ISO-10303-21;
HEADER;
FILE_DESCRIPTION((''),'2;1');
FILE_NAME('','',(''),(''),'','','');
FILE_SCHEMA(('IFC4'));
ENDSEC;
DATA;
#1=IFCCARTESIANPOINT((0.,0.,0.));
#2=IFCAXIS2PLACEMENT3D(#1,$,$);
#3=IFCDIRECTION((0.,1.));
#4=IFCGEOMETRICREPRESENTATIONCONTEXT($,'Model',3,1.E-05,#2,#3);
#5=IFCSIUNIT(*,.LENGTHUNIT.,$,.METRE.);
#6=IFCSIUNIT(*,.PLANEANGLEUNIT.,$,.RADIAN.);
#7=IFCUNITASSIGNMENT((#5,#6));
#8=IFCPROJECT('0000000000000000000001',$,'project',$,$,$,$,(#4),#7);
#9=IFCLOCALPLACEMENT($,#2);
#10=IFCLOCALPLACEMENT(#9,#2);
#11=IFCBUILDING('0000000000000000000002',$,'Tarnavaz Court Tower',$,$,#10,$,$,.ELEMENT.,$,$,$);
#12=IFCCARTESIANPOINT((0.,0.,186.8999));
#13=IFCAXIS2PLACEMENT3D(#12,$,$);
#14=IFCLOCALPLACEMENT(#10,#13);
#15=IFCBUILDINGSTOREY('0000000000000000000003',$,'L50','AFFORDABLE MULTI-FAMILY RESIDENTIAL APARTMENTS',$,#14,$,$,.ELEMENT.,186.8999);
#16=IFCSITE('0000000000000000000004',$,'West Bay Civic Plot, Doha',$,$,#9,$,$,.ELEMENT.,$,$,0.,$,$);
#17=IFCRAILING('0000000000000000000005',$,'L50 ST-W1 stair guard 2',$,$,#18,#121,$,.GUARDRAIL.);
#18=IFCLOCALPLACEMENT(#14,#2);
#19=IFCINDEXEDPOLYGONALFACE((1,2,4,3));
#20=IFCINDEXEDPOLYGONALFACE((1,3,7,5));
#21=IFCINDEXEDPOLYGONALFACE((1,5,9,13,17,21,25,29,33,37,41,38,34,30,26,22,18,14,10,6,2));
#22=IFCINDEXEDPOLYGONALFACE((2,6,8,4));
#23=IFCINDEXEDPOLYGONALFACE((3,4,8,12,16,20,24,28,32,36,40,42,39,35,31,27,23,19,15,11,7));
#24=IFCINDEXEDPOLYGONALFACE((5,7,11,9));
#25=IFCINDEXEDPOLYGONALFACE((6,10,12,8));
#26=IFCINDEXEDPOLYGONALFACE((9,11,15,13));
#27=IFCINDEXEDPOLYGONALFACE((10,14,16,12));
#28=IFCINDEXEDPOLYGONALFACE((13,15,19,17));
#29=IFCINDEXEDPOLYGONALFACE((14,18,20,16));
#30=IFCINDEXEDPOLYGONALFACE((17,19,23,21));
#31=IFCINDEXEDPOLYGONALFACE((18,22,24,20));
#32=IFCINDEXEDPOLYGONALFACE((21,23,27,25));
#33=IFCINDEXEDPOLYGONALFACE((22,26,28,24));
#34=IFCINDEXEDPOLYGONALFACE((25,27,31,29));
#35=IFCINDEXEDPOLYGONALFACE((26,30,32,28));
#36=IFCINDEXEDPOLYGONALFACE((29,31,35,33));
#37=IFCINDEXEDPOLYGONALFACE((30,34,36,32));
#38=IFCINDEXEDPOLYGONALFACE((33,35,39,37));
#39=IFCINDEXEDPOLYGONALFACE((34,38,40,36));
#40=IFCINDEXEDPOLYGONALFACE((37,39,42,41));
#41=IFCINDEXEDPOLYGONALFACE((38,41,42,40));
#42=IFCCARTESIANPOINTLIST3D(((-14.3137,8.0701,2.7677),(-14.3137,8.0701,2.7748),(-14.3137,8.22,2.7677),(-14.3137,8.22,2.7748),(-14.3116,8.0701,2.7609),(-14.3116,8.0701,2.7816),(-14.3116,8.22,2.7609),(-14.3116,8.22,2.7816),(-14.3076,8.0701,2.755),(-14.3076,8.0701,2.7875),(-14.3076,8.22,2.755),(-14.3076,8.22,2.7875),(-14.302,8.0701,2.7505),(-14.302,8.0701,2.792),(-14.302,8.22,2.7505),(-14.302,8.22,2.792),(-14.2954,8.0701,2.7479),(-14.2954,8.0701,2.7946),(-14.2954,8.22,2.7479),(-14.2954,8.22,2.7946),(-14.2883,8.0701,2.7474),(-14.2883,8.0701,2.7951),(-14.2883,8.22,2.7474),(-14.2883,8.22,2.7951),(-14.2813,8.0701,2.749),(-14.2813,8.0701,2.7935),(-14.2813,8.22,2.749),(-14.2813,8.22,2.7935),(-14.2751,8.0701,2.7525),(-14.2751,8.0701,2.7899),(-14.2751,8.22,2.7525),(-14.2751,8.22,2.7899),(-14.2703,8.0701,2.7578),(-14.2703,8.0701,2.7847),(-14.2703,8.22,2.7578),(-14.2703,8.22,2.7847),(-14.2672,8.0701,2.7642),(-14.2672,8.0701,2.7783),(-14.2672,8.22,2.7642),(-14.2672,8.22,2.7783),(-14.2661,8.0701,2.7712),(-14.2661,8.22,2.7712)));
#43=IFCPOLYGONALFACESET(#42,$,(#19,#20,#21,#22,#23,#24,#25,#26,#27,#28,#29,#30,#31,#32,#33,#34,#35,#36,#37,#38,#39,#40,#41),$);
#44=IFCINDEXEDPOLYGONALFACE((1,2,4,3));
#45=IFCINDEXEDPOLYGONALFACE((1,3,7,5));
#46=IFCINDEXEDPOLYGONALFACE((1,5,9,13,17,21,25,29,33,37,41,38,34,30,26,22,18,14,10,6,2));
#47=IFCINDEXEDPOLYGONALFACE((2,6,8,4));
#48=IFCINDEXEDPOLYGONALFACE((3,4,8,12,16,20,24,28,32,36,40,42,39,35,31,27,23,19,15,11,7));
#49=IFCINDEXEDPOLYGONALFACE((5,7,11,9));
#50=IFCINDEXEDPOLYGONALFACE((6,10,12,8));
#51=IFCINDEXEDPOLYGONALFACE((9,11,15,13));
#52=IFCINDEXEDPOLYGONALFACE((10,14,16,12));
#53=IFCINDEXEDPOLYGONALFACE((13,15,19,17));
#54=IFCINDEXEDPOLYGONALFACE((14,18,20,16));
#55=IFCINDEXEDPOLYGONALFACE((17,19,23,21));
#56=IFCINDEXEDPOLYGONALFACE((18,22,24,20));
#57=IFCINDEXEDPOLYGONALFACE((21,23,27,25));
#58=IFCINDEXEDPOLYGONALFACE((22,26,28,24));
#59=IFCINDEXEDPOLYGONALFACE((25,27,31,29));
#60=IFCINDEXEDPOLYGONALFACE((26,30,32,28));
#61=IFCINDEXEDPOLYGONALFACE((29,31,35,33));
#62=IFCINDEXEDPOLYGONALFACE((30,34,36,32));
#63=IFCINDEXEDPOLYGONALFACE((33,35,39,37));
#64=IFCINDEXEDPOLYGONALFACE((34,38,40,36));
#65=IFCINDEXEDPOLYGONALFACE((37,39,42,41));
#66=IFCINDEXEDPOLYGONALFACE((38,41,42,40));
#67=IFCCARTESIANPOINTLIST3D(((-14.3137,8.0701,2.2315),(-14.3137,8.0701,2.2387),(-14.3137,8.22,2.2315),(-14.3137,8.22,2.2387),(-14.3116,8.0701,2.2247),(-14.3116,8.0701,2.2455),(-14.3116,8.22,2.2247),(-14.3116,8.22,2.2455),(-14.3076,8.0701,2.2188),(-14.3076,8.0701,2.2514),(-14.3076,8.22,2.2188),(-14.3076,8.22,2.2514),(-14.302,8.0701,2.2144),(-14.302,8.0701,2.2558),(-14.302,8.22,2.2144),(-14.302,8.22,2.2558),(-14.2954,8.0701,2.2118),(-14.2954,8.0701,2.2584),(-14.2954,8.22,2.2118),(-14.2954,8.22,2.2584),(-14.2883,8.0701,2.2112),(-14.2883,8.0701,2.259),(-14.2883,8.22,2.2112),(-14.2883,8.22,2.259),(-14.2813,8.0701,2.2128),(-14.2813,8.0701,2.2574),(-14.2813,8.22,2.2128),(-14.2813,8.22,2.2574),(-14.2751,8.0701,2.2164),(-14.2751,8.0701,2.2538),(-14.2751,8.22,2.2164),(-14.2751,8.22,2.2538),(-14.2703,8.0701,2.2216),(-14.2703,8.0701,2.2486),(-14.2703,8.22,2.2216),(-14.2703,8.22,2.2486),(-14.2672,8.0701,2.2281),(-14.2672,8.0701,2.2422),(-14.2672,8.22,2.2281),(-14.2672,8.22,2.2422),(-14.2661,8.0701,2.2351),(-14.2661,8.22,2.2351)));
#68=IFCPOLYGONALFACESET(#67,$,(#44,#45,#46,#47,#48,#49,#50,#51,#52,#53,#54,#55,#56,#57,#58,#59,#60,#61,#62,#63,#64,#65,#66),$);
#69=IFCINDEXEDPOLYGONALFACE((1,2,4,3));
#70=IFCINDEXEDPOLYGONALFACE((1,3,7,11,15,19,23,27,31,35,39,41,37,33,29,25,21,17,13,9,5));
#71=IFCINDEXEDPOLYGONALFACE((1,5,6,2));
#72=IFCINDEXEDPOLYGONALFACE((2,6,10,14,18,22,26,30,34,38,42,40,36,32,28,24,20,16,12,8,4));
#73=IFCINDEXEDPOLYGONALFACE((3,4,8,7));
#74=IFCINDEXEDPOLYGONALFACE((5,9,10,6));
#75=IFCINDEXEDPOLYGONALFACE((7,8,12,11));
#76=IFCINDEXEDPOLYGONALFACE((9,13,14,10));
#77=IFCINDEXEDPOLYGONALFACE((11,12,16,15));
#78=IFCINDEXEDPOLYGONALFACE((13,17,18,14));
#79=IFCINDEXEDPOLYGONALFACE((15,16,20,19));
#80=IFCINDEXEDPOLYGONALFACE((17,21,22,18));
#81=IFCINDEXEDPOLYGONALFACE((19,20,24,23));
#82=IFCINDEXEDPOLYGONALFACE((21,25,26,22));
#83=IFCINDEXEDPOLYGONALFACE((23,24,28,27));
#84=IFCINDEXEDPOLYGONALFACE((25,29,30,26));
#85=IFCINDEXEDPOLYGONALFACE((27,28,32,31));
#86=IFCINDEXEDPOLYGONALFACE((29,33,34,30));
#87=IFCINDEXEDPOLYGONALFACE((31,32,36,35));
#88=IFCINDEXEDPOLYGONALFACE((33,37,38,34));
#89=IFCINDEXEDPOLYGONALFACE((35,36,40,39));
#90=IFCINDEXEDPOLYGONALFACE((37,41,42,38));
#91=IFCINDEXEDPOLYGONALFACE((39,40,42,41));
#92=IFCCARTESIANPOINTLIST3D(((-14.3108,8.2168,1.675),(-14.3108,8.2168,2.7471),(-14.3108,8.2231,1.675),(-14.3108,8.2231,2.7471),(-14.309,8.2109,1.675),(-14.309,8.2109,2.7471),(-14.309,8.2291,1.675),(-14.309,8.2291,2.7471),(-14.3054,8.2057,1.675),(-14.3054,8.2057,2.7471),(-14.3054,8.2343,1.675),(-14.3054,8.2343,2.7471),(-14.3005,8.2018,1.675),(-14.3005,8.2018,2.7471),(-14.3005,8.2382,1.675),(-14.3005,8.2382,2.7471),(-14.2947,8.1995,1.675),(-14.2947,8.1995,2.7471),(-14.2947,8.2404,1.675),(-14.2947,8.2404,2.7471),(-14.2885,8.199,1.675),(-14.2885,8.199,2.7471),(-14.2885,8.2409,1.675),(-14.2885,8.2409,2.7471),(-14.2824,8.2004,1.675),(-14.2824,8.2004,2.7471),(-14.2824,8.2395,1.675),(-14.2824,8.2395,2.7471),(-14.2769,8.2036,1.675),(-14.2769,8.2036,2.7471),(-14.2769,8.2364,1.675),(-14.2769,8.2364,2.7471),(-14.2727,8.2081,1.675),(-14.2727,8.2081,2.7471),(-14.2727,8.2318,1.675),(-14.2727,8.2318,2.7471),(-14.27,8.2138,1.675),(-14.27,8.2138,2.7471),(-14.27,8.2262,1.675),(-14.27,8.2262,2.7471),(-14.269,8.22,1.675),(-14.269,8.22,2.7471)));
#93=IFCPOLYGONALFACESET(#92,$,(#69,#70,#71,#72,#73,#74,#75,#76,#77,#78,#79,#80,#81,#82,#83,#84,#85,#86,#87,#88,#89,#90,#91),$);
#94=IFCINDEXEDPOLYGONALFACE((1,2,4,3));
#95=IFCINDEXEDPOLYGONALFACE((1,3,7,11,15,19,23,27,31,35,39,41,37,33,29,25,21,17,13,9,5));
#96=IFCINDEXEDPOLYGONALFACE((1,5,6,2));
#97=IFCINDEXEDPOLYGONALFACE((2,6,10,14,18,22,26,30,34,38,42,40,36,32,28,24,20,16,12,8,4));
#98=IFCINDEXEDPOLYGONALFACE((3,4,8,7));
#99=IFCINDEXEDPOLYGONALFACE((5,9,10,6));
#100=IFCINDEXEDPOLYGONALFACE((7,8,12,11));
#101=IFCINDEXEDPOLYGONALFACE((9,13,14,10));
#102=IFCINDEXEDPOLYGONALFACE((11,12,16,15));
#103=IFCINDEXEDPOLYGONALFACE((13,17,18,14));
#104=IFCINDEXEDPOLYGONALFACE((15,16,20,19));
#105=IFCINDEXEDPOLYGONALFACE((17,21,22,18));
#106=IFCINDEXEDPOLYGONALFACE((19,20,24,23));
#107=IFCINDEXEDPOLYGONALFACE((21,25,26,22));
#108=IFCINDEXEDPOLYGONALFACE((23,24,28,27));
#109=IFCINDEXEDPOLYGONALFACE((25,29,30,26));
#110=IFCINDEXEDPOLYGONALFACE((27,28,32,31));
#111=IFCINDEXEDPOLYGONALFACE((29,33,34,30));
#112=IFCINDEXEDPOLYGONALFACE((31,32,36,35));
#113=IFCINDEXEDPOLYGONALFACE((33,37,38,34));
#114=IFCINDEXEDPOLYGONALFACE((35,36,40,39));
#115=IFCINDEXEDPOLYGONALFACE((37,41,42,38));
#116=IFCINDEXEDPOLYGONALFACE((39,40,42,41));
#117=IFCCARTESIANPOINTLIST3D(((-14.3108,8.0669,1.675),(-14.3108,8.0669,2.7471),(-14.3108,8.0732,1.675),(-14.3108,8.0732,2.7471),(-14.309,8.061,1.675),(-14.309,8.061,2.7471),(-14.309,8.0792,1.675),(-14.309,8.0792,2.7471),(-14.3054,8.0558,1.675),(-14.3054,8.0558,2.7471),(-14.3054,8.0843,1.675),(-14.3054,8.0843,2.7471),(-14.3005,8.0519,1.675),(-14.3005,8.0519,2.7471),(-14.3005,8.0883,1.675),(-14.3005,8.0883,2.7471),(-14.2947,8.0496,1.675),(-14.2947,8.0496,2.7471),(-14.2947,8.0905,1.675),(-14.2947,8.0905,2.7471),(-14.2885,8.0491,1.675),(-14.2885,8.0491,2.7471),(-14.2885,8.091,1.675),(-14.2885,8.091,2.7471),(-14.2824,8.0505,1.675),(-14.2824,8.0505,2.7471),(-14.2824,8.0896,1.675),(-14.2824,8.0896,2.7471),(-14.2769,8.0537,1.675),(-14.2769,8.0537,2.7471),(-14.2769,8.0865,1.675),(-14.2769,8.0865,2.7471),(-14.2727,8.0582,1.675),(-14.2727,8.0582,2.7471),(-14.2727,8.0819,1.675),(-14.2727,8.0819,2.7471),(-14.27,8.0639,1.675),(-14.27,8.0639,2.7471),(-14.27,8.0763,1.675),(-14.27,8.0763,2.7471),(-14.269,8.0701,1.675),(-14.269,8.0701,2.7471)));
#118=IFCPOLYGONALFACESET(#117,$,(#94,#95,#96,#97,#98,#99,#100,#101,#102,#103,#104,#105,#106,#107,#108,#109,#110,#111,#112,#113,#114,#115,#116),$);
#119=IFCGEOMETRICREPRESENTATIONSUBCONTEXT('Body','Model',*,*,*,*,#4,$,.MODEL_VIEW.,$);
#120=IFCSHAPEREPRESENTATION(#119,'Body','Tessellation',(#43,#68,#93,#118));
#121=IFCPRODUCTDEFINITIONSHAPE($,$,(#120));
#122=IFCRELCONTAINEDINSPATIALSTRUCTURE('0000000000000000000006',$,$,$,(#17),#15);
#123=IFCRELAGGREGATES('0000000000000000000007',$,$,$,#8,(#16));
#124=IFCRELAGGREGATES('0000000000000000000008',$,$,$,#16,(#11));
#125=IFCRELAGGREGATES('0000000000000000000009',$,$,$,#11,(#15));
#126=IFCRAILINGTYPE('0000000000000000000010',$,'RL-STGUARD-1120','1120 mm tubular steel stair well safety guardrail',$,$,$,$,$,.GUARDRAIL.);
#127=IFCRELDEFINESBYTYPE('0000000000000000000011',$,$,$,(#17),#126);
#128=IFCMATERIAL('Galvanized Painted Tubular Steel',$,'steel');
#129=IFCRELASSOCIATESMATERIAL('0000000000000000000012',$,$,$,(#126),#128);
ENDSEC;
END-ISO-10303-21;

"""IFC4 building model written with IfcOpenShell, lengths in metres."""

from ifc_helpers import new_model, si_unit, direction, frame, origin, origin_2d, place, context, subcontext, project, spatial, circle, extrude, material, type_object, element, save


model = new_model("IFC4")

# Units and contexts
model_context = context("Model", 3, precision=1e-05, world=origin(), true_north=direction((0.0, 1.0)))
body_context = subcontext(model_context, "Body", "Model", "MODEL_VIEW")
ifc_project = project(units=[si_unit("LENGTHUNIT", "METRE"), si_unit("PLANEANGLEUNIT", "RADIAN")], contexts=[model_context])

# Site, building, storey
site_placement = place(None, origin())
site = spatial("IfcSite", under=ifc_project, at=site_placement, Name="West Bay Civic Plot, Doha", CompositionType="ELEMENT", RefElevation=0.0)
building_placement = place(site_placement, origin())
building = spatial("IfcBuilding", under=site, at=building_placement, Name="Tarnavaz Court Tower", CompositionType="ELEMENT")
storey_placement = place(building_placement, frame((0.0, 0.0, 186.8999)))
storey = spatial("IfcBuildingStorey", under=building, at=storey_placement, Name="L50", Description="AFFORDABLE MULTI-FAMILY RESIDENTIAL APARTMENTS", CompositionType="ELEMENT", Elevation=186.8999)

# Railing
ifc_material_1 = material(Name="Galvanized Painted Tubular Steel", Category="steel")
railing_type_1 = type_object("IfcRailingType", Name="RL-STGUARD-1120", Description="1120 mm tubular steel stair well safety guardrail", PredefinedType="GUARDRAIL", material=ifc_material_1)
railing_1_placement = place(storey_placement, frame((-14.29, 8.22, 1.675)))
element("IfcRailing", 1, at=railing_1_placement, inside=storey, type_object=railing_type_1, Name="L50 ST-W1 stair guard 2", PredefinedType="GUARDRAIL", context=body_context, shape_type="SweptSolid", body=[
    extrude(circle(Radius=0.0239, at=origin_2d()), frame((0.0, 0.0, 1.0962), z_axis=(0.0, -1.0, 0.0), x_axis=(1.0, 0.0, 0.0)), (0.0, 0.0, 1.0), 0.1499),
    extrude(circle(Radius=0.0239, at=origin_2d()), frame((0.0, 0.0, 0.5601), z_axis=(0.0, -1.0, 0.0), x_axis=(1.0, 0.0, 0.0)), (0.0, 0.0, 1.0), 0.1499),
    extrude(circle(Radius=0.021, at=origin_2d()), origin(), (0.0, 0.0, 1.0), 1.072),
    extrude(circle(Radius=0.021, at=origin_2d()), frame((0.0, -0.1499, 0.0)), (0.0, 0.0, 1.0), 1.072),
])

save(model, "model.ifc")
